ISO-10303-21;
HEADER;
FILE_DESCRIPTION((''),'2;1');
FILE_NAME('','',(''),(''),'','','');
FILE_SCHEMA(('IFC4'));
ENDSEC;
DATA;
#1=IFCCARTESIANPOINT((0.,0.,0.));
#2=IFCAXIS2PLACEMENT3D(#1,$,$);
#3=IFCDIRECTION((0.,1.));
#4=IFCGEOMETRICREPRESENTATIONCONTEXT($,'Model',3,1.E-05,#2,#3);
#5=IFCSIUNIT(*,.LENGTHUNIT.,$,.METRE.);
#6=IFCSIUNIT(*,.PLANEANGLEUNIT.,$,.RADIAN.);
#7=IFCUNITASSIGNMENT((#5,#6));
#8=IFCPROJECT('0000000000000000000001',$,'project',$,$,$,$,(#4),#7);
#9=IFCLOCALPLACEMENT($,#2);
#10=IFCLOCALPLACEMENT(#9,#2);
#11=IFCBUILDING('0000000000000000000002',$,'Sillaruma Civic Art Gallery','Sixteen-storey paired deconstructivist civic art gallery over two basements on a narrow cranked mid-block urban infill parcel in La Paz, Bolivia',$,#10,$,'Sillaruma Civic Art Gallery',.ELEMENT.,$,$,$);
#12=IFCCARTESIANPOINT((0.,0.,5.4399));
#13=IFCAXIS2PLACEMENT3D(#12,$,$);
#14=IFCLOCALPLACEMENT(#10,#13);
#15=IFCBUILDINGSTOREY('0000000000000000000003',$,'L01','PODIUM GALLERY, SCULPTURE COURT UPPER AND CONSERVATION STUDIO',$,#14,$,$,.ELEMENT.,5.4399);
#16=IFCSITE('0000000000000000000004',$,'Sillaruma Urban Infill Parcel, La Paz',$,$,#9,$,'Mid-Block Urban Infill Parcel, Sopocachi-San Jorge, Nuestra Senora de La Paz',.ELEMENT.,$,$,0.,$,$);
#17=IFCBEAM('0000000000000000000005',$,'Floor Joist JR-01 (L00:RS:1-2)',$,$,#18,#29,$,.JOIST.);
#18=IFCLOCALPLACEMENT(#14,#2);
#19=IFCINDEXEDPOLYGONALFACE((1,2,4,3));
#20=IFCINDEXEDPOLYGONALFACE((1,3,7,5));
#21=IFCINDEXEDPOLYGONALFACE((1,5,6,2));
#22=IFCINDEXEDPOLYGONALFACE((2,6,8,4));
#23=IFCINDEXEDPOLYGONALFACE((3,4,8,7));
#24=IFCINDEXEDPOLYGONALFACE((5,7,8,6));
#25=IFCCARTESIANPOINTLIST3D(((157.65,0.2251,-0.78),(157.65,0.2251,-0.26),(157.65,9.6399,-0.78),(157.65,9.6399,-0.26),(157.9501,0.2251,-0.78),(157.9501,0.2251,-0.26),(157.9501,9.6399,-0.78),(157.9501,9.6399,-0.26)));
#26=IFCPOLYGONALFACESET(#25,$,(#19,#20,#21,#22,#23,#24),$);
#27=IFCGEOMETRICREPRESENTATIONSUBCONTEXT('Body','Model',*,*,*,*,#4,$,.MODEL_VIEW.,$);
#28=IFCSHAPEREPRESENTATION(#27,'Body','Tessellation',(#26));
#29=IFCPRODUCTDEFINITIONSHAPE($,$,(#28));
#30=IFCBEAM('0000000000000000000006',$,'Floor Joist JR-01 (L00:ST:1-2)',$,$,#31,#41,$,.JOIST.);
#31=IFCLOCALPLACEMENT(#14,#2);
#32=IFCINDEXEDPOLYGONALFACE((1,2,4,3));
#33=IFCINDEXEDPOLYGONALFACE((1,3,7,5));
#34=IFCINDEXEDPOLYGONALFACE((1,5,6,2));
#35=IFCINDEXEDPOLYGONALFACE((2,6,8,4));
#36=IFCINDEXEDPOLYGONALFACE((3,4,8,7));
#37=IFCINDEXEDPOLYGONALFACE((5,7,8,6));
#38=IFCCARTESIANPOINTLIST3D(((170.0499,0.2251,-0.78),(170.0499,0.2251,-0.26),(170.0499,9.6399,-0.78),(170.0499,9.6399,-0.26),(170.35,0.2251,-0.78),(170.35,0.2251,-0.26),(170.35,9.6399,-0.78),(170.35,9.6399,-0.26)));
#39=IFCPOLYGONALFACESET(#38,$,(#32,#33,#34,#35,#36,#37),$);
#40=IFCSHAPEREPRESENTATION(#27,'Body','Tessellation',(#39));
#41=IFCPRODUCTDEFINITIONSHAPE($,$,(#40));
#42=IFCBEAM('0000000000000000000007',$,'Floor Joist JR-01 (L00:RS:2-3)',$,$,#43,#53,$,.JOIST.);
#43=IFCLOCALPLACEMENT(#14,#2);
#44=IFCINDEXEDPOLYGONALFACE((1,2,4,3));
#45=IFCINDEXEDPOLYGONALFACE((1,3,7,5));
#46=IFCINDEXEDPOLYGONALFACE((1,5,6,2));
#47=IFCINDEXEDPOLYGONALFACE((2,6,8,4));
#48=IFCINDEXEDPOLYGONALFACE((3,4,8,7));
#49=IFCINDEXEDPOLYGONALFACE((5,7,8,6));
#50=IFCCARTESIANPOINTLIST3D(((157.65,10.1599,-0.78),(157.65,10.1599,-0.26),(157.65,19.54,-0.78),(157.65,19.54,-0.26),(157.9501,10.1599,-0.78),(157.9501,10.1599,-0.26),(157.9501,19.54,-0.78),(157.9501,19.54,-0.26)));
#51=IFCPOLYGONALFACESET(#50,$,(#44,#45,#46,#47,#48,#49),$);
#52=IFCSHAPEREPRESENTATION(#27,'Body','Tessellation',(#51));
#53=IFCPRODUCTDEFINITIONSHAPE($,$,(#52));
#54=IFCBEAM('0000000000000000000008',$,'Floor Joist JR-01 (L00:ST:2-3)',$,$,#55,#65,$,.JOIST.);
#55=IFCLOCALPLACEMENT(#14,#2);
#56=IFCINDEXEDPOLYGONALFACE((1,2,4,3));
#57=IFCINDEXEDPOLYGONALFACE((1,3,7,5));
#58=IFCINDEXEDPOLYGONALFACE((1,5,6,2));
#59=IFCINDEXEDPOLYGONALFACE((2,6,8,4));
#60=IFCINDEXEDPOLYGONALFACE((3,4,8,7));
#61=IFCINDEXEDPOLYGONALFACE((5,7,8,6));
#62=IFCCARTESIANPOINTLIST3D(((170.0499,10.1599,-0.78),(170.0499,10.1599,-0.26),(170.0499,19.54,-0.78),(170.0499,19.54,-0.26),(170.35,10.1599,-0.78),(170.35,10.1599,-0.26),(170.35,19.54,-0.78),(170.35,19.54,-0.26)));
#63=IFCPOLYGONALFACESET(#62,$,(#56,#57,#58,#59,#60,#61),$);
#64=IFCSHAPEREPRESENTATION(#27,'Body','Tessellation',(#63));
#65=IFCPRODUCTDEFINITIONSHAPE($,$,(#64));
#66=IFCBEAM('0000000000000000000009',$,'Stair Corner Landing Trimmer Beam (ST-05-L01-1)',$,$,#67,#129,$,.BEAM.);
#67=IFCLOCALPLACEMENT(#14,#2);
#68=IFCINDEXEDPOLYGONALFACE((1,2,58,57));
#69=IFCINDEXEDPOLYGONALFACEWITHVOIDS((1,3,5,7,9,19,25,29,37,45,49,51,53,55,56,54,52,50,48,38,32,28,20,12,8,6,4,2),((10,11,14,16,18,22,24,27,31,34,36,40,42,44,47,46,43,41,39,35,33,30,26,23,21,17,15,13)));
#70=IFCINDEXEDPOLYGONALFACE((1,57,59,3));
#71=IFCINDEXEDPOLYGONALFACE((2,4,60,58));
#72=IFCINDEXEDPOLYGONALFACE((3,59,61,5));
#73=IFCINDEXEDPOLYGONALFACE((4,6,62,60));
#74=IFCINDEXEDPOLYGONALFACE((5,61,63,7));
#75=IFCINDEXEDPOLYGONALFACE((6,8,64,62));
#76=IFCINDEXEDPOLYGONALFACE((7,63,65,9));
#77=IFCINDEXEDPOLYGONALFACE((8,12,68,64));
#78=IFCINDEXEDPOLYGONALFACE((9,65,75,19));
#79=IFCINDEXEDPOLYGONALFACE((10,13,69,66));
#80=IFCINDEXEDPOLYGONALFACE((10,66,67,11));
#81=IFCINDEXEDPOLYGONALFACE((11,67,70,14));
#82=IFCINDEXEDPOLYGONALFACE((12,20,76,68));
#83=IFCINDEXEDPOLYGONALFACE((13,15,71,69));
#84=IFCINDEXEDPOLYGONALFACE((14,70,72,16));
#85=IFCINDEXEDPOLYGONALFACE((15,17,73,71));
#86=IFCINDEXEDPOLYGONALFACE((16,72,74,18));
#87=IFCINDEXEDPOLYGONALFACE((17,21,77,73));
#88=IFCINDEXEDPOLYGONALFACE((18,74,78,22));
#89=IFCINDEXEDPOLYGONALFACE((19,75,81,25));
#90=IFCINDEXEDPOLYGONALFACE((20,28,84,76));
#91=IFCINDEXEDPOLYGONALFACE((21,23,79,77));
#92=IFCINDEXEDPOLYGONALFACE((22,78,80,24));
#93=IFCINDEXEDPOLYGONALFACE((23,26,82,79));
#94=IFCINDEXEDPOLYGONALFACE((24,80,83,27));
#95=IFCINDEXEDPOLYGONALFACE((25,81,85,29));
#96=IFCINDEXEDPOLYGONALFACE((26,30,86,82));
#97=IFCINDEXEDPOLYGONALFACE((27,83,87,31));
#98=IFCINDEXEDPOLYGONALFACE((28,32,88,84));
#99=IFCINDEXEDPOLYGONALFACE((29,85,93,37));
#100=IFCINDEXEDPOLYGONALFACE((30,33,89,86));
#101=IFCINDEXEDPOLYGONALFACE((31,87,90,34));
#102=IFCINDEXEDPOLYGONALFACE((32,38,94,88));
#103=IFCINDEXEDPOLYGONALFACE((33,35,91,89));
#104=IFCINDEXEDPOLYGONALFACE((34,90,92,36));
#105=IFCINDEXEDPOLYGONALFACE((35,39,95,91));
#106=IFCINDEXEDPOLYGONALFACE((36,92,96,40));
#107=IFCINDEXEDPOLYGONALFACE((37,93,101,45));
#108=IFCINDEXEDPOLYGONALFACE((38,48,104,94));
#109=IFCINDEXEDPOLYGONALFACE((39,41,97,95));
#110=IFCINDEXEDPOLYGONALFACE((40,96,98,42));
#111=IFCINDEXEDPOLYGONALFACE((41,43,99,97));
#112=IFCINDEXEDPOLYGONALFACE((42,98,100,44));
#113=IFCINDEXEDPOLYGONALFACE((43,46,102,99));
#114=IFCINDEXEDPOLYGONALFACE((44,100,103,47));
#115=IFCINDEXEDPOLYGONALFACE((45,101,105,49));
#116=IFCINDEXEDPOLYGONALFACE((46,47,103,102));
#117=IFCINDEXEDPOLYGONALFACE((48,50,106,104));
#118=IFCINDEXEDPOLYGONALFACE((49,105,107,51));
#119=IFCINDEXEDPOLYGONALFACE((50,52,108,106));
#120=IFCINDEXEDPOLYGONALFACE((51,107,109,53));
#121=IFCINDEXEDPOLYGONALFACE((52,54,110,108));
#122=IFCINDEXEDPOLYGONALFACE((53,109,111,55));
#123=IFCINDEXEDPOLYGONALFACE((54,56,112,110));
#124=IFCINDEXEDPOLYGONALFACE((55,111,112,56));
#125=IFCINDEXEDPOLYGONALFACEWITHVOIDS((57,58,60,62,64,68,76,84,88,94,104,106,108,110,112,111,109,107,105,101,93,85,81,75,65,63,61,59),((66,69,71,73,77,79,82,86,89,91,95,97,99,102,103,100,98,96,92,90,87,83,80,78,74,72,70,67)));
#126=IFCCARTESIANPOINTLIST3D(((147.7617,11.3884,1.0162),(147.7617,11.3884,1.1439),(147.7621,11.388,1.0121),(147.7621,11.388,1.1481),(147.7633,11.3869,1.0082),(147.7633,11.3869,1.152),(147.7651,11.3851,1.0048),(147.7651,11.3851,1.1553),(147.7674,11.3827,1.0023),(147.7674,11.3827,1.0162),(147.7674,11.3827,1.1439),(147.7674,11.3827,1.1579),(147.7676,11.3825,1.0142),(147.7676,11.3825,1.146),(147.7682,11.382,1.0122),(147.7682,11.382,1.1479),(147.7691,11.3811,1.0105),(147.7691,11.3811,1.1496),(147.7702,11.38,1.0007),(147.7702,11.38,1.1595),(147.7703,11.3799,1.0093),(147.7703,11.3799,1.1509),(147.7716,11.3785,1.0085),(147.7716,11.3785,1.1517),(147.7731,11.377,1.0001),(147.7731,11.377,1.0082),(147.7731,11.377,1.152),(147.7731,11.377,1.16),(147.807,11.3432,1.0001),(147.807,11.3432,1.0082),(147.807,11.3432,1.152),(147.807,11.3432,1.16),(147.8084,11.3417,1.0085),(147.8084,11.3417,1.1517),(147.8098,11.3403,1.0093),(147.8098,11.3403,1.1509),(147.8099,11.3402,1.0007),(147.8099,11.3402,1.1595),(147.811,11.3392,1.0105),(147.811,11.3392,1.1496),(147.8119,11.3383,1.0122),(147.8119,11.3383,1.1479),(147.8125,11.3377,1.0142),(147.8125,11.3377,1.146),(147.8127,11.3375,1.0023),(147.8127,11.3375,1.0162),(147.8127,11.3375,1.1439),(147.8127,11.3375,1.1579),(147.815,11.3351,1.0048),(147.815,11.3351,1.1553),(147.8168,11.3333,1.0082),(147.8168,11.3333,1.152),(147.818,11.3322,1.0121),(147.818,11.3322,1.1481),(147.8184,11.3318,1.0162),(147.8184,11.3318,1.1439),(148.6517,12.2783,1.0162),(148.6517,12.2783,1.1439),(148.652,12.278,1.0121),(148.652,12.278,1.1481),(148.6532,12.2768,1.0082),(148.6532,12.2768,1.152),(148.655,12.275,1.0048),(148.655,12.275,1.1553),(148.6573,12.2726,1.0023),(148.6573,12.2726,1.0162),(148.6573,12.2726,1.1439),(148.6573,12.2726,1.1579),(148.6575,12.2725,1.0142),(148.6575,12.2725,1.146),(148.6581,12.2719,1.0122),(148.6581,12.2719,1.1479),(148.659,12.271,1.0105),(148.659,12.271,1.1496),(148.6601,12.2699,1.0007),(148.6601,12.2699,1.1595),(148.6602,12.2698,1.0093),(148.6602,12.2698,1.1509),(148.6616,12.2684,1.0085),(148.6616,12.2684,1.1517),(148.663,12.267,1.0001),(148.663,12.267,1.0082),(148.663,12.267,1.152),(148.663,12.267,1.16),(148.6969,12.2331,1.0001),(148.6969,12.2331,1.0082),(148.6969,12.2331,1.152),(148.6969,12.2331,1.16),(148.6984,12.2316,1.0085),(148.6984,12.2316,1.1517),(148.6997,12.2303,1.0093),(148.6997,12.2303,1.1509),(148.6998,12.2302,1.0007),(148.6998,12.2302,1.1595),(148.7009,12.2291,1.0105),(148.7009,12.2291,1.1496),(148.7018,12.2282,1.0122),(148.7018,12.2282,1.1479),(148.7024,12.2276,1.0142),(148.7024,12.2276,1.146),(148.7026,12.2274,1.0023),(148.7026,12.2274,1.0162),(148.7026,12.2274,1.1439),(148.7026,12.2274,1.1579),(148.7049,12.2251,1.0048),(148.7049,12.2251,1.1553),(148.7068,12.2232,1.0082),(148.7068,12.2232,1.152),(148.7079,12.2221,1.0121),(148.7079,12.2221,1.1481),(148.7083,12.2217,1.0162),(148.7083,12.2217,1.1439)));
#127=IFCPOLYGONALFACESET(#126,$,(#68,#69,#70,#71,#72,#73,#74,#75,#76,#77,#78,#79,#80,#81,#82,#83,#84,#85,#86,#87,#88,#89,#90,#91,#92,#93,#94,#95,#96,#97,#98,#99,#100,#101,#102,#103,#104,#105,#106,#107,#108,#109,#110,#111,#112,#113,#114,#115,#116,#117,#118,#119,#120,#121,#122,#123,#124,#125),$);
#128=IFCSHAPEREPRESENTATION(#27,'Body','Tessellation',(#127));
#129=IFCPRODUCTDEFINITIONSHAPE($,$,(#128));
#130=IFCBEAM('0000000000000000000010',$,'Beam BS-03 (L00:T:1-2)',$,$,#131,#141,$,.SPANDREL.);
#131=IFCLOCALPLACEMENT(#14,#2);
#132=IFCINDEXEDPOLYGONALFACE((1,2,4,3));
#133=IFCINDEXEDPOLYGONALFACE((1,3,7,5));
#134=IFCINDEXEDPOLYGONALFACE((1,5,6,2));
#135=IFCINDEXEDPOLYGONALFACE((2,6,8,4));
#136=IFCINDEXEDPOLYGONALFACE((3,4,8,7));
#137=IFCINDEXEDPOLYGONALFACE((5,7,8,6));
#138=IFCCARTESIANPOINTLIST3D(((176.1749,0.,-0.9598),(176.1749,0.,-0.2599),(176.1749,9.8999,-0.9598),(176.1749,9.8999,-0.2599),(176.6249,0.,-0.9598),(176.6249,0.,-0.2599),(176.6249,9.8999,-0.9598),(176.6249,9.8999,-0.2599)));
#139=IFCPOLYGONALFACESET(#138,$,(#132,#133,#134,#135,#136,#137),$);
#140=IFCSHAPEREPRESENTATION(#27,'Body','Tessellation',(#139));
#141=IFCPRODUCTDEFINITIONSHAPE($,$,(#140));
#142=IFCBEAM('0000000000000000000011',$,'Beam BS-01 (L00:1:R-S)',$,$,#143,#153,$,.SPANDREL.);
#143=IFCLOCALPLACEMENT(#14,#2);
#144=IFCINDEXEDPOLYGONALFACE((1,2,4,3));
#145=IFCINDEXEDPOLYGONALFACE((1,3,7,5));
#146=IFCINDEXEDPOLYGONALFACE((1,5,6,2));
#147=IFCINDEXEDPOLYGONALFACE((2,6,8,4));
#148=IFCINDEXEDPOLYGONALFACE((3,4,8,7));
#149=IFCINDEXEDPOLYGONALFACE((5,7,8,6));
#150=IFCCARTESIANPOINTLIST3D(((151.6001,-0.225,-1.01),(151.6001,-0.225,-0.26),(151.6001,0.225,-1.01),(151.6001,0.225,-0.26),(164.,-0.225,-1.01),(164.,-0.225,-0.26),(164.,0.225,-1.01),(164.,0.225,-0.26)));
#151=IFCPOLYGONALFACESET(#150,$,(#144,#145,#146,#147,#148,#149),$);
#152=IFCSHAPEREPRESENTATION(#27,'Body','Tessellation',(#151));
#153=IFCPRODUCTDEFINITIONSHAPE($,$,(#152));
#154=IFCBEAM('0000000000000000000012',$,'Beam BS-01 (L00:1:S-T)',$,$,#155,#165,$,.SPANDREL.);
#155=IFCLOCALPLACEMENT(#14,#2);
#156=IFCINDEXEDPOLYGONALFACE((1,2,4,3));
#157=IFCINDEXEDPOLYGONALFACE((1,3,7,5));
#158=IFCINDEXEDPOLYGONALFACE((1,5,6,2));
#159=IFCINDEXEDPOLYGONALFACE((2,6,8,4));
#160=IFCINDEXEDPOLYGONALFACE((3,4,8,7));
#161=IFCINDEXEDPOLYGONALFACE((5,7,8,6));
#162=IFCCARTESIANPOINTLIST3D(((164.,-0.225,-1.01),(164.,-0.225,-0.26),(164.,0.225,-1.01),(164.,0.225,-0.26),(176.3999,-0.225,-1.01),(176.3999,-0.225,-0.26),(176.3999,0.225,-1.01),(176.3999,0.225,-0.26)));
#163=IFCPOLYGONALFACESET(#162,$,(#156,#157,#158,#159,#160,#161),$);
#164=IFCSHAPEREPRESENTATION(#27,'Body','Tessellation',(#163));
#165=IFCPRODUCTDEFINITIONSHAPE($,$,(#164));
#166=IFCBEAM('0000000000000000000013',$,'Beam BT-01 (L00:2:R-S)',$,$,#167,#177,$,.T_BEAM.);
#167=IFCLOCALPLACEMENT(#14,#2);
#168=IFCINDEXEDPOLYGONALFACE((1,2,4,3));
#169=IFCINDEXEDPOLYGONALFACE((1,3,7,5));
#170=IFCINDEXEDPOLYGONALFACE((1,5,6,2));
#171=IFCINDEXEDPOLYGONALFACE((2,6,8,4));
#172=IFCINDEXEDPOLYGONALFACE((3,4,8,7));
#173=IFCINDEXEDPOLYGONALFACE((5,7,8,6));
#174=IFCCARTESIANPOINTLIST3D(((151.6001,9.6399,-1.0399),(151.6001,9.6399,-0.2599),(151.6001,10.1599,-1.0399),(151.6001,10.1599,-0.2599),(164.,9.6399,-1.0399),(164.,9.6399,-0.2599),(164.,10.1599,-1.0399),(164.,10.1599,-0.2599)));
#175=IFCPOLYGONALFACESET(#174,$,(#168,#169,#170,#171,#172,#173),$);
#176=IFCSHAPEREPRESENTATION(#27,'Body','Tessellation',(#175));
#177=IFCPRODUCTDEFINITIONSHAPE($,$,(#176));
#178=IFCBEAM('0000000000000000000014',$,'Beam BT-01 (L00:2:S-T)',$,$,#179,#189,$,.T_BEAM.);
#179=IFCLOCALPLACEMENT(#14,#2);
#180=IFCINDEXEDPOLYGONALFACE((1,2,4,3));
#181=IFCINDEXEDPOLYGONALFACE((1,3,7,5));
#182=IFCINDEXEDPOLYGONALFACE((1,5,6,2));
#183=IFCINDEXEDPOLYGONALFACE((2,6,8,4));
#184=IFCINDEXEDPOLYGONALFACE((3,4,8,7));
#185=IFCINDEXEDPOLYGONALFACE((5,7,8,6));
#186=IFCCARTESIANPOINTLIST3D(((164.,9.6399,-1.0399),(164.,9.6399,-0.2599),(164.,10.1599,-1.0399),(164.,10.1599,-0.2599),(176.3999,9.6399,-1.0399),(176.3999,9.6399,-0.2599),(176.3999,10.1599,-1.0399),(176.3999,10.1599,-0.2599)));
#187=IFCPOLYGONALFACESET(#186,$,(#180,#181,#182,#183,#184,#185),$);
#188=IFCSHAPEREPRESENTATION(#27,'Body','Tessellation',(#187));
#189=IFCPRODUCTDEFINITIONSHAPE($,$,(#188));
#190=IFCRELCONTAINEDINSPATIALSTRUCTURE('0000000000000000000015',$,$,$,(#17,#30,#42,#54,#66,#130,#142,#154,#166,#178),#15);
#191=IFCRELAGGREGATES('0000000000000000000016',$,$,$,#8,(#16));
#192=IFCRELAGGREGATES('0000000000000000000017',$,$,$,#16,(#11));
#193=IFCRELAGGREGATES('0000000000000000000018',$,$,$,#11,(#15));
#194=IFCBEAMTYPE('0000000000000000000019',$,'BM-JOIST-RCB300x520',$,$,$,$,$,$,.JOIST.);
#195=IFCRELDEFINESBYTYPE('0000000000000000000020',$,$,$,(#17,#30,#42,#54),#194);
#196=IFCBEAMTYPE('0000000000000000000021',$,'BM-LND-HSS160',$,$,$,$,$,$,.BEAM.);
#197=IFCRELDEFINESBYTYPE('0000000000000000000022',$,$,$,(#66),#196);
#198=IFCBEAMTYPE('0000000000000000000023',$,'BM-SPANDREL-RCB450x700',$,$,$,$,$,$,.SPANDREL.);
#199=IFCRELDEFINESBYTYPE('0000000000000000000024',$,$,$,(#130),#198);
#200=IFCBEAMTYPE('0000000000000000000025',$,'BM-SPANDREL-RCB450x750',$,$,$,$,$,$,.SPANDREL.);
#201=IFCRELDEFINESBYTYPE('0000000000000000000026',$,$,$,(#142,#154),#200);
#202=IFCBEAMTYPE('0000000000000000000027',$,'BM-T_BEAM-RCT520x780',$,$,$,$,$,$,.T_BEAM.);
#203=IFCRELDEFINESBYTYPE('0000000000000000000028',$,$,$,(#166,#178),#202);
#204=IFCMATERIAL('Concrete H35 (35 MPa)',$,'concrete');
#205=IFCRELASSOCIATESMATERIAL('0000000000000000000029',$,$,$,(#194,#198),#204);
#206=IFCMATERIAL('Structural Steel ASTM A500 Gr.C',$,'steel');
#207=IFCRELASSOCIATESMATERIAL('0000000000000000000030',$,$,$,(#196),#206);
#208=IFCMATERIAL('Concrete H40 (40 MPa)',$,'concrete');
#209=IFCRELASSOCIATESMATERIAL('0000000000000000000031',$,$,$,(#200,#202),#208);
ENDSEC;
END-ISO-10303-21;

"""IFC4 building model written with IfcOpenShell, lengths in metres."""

from ifc_helpers import new_model, si_unit, direction, frame, origin, origin_2d, place, context, subcontext, project, spatial, rectangle, hollow_rectangle, extrude, material, material_profile, profile_set, type_object, element, save


model = new_model("IFC4")

# Units and contexts
model_context = context("Model", 3, precision=1e-05, world=origin(), true_north=direction((0.0, 1.0)))
body_context = subcontext(model_context, "Body", "Model", "MODEL_VIEW")
ifc_project = project(units=[si_unit("LENGTHUNIT", "METRE"), si_unit("PLANEANGLEUNIT", "RADIAN")], contexts=[model_context])

# Site, building, storey
site_placement = place(None, origin())
site = spatial("IfcSite", under=ifc_project, at=site_placement, Name="Sillaruma Urban Infill Parcel, La Paz", LongName="Mid-Block Urban Infill Parcel, Sopocachi-San Jorge, Nuestra Senora de La Paz", CompositionType="ELEMENT", RefElevation=0.0)
building_placement = place(site_placement, origin())
building = spatial("IfcBuilding", under=site, at=building_placement, Name="Sillaruma Civic Art Gallery", Description="Sixteen-storey paired deconstructivist civic art gallery over two basements on a narrow cranked mid-block urban infill parcel in La Paz, Bolivia", LongName="Sillaruma Civic Art Gallery", CompositionType="ELEMENT")
storey_placement = place(building_placement, frame((0.0, 0.0, 5.4399)))
storey = spatial("IfcBuildingStorey", under=building, at=storey_placement, Name="L01", Description="PODIUM GALLERY, SCULPTURE COURT UPPER AND CONSERVATION STUDIO", CompositionType="ELEMENT", Elevation=5.4399)

# Shared definitions
ifc_material_1 = material(Name="Concrete H40 (40 MPa)", Category="concrete")

# Beams
ifc_material_2 = material(Name="Concrete H35 (35 MPa)", Category="concrete")
ifc_material_profile_1 = material_profile(ifc_material_2, rectangle(XDim=0.3, YDim=0.52, at=origin_2d()), Name="RCB300x520")
ifc_profile_set_1 = profile_set([ifc_material_profile_1], Name="Concrete H35 (35 MPa)")
beam_type_1 = type_object("IfcBeamType", Name="BM-JOIST-RCB300x520", PredefinedType="JOIST", material=ifc_profile_set_1)
for number, where, z_axis, x_axis, name in (
    (1, (157.8, 0.2251, -0.52), (0.0, 1.0, 0.0), (-1.0, 0.0, 0.0), "Floor Joist JR-01 (L00:RS:1-2)"),
    (2, (170.2, 0.2251, -0.52), (0.0, 1.0, 0.0), (-1.0, 0.0, 0.0), "Floor Joist JR-01 (L00:ST:1-2)"),
):
    element("IfcBeam", number, at=place(storey_placement, frame(where, z_axis=z_axis, x_axis=x_axis)), inside=storey, type_object=beam_type_1, Name=name, PredefinedType="JOIST", context=body_context, shape_type="SweptSolid", body=[
        extrude(rectangle(XDim=0.3, YDim=0.52, at=origin_2d()), origin(), (0.0, 0.0, 1.0), 9.4148),
    ])
for number, where, z_axis, x_axis, name in (
    (3, (157.8, 10.1599, -0.52), (0.0, 1.0, 0.0), (-1.0, 0.0, 0.0), "Floor Joist JR-01 (L00:RS:2-3)"),
    (4, (170.2, 10.1599, -0.52), (0.0, 1.0, 0.0), (-1.0, 0.0, 0.0), "Floor Joist JR-01 (L00:ST:2-3)"),
):
    element("IfcBeam", number, at=place(storey_placement, frame(where, z_axis=z_axis, x_axis=x_axis)), inside=storey, type_object=beam_type_1, Name=name, PredefinedType="JOIST", context=body_context, shape_type="SweptSolid", body=[
        extrude(rectangle(XDim=0.3, YDim=0.52, at=origin_2d()), origin(), (0.0, 0.0, 1.0), 9.3801),
    ])
ifc_material_3 = material(Name="Structural Steel ASTM A500 Gr.C", Category="steel")
ifc_material_profile_2 = material_profile(ifc_material_3, hollow_rectangle(XDim=0.0801, YDim=0.1599, WallThickness=0.0081, InnerFilletRadius=0.0081, OuterFilletRadius=0.0161, at=origin_2d()), Name="HSS160x80x8")
ifc_profile_set_2 = profile_set([ifc_material_profile_2], Name="Structural Steel ASTM A500 Gr.C")
beam_type_2 = type_object("IfcBeamType", Name="BM-LND-HSS160", PredefinedType="BEAM", material=ifc_profile_set_2)
beam_1_placement = place(storey_placement, frame((147.79, 11.3601, 1.0801), z_axis=(0.707107, 0.707107, 0.0), x_axis=(-0.707107, 0.707107, 0.0)))
element("IfcBeam", 5, at=beam_1_placement, inside=storey, type_object=beam_type_2, Name="Stair Corner Landing Trimmer Beam (ST-05-L01-1)", PredefinedType="BEAM", context=body_context, shape_type="SweptSolid", body=[
    extrude(hollow_rectangle(XDim=0.0801, YDim=0.1599, WallThickness=0.0081, InnerFilletRadius=0.0081, OuterFilletRadius=0.0161, at=origin_2d()), origin(), (0.0, 0.0, 1.0), 1.2585),
])
ifc_material_profile_3 = material_profile(ifc_material_2, rectangle(XDim=0.45, YDim=0.7, at=origin_2d()), Name="RCB450x700")
ifc_profile_set_3 = profile_set([ifc_material_profile_3], Name="Concrete H35 (35 MPa)")
beam_type_3 = type_object("IfcBeamType", Name="BM-SPANDREL-RCB450x700", PredefinedType="SPANDREL", material=ifc_profile_set_3)
beam_2_placement = place(storey_placement, frame((176.3999, 0.0, -0.6099), z_axis=(0.0, 1.0, 0.0), x_axis=(-1.0, 0.0, 0.0)))
element("IfcBeam", 6, at=beam_2_placement, inside=storey, type_object=beam_type_3, Name="Beam BS-03 (L00:T:1-2)", PredefinedType="SPANDREL", context=body_context, shape_type="SweptSolid", body=[
    extrude(rectangle(XDim=0.45, YDim=0.7, at=origin_2d()), origin(), (0.0, 0.0, 1.0), 9.8999),
])
ifc_material_profile_4 = material_profile(ifc_material_1, rectangle(XDim=0.45, YDim=0.75, at=origin_2d()), Name="RCB450x750")
ifc_profile_set_4 = profile_set([ifc_material_profile_4], Name="Concrete H40 (40 MPa)")
beam_type_4 = type_object("IfcBeamType", Name="BM-SPANDREL-RCB450x750", PredefinedType="SPANDREL", material=ifc_profile_set_4)
for number, where, z_axis, x_axis, name in (
    (7, (151.6001, 0.0, -0.635), (1.0, 0.0, 0.0), (0.0, 1.0, 0.0), "Beam BS-01 (L00:1:R-S)"),
    (8, (164.0, 0.0, -0.635), (1.0, 0.0, 0.0), (0.0, 1.0, 0.0), "Beam BS-01 (L00:1:S-T)"),
):
    element("IfcBeam", number, at=place(storey_placement, frame(where, z_axis=z_axis, x_axis=x_axis)), inside=storey, type_object=beam_type_4, Name=name, PredefinedType="SPANDREL", context=body_context, shape_type="SweptSolid", body=[
        extrude(rectangle(XDim=0.45, YDim=0.75, at=origin_2d()), origin(), (0.0, 0.0, 1.0), 12.3999),
    ])
ifc_material_profile_5 = material_profile(ifc_material_1, rectangle(XDim=0.52, YDim=0.78, at=origin_2d()), Name="RCT520x780")
ifc_profile_set_5 = profile_set([ifc_material_profile_5], Name="Concrete H40 (40 MPa)")
beam_type_5 = type_object("IfcBeamType", Name="BM-T_BEAM-RCT520x780", PredefinedType="T_BEAM", material=ifc_profile_set_5)
for number, where, z_axis, x_axis, name in (
    (9, (151.6001, 9.8999, -0.6499), (1.0, 0.0, 0.0), (0.0, 1.0, 0.0), "Beam BT-01 (L00:2:R-S)"),
    (10, (164.0, 9.8999, -0.6499), (1.0, 0.0, 0.0), (0.0, 1.0, 0.0), "Beam BT-01 (L00:2:S-T)"),
):
    element("IfcBeam", number, at=place(storey_placement, frame(where, z_axis=z_axis, x_axis=x_axis)), inside=storey, type_object=beam_type_5, Name=name, PredefinedType="T_BEAM", context=body_context, shape_type="SweptSolid", body=[
        extrude(rectangle(XDim=0.52, YDim=0.78, at=origin_2d()), origin(), (0.0, 0.0, 1.0), 12.3999),
    ])

save(model, "model.ifc")
